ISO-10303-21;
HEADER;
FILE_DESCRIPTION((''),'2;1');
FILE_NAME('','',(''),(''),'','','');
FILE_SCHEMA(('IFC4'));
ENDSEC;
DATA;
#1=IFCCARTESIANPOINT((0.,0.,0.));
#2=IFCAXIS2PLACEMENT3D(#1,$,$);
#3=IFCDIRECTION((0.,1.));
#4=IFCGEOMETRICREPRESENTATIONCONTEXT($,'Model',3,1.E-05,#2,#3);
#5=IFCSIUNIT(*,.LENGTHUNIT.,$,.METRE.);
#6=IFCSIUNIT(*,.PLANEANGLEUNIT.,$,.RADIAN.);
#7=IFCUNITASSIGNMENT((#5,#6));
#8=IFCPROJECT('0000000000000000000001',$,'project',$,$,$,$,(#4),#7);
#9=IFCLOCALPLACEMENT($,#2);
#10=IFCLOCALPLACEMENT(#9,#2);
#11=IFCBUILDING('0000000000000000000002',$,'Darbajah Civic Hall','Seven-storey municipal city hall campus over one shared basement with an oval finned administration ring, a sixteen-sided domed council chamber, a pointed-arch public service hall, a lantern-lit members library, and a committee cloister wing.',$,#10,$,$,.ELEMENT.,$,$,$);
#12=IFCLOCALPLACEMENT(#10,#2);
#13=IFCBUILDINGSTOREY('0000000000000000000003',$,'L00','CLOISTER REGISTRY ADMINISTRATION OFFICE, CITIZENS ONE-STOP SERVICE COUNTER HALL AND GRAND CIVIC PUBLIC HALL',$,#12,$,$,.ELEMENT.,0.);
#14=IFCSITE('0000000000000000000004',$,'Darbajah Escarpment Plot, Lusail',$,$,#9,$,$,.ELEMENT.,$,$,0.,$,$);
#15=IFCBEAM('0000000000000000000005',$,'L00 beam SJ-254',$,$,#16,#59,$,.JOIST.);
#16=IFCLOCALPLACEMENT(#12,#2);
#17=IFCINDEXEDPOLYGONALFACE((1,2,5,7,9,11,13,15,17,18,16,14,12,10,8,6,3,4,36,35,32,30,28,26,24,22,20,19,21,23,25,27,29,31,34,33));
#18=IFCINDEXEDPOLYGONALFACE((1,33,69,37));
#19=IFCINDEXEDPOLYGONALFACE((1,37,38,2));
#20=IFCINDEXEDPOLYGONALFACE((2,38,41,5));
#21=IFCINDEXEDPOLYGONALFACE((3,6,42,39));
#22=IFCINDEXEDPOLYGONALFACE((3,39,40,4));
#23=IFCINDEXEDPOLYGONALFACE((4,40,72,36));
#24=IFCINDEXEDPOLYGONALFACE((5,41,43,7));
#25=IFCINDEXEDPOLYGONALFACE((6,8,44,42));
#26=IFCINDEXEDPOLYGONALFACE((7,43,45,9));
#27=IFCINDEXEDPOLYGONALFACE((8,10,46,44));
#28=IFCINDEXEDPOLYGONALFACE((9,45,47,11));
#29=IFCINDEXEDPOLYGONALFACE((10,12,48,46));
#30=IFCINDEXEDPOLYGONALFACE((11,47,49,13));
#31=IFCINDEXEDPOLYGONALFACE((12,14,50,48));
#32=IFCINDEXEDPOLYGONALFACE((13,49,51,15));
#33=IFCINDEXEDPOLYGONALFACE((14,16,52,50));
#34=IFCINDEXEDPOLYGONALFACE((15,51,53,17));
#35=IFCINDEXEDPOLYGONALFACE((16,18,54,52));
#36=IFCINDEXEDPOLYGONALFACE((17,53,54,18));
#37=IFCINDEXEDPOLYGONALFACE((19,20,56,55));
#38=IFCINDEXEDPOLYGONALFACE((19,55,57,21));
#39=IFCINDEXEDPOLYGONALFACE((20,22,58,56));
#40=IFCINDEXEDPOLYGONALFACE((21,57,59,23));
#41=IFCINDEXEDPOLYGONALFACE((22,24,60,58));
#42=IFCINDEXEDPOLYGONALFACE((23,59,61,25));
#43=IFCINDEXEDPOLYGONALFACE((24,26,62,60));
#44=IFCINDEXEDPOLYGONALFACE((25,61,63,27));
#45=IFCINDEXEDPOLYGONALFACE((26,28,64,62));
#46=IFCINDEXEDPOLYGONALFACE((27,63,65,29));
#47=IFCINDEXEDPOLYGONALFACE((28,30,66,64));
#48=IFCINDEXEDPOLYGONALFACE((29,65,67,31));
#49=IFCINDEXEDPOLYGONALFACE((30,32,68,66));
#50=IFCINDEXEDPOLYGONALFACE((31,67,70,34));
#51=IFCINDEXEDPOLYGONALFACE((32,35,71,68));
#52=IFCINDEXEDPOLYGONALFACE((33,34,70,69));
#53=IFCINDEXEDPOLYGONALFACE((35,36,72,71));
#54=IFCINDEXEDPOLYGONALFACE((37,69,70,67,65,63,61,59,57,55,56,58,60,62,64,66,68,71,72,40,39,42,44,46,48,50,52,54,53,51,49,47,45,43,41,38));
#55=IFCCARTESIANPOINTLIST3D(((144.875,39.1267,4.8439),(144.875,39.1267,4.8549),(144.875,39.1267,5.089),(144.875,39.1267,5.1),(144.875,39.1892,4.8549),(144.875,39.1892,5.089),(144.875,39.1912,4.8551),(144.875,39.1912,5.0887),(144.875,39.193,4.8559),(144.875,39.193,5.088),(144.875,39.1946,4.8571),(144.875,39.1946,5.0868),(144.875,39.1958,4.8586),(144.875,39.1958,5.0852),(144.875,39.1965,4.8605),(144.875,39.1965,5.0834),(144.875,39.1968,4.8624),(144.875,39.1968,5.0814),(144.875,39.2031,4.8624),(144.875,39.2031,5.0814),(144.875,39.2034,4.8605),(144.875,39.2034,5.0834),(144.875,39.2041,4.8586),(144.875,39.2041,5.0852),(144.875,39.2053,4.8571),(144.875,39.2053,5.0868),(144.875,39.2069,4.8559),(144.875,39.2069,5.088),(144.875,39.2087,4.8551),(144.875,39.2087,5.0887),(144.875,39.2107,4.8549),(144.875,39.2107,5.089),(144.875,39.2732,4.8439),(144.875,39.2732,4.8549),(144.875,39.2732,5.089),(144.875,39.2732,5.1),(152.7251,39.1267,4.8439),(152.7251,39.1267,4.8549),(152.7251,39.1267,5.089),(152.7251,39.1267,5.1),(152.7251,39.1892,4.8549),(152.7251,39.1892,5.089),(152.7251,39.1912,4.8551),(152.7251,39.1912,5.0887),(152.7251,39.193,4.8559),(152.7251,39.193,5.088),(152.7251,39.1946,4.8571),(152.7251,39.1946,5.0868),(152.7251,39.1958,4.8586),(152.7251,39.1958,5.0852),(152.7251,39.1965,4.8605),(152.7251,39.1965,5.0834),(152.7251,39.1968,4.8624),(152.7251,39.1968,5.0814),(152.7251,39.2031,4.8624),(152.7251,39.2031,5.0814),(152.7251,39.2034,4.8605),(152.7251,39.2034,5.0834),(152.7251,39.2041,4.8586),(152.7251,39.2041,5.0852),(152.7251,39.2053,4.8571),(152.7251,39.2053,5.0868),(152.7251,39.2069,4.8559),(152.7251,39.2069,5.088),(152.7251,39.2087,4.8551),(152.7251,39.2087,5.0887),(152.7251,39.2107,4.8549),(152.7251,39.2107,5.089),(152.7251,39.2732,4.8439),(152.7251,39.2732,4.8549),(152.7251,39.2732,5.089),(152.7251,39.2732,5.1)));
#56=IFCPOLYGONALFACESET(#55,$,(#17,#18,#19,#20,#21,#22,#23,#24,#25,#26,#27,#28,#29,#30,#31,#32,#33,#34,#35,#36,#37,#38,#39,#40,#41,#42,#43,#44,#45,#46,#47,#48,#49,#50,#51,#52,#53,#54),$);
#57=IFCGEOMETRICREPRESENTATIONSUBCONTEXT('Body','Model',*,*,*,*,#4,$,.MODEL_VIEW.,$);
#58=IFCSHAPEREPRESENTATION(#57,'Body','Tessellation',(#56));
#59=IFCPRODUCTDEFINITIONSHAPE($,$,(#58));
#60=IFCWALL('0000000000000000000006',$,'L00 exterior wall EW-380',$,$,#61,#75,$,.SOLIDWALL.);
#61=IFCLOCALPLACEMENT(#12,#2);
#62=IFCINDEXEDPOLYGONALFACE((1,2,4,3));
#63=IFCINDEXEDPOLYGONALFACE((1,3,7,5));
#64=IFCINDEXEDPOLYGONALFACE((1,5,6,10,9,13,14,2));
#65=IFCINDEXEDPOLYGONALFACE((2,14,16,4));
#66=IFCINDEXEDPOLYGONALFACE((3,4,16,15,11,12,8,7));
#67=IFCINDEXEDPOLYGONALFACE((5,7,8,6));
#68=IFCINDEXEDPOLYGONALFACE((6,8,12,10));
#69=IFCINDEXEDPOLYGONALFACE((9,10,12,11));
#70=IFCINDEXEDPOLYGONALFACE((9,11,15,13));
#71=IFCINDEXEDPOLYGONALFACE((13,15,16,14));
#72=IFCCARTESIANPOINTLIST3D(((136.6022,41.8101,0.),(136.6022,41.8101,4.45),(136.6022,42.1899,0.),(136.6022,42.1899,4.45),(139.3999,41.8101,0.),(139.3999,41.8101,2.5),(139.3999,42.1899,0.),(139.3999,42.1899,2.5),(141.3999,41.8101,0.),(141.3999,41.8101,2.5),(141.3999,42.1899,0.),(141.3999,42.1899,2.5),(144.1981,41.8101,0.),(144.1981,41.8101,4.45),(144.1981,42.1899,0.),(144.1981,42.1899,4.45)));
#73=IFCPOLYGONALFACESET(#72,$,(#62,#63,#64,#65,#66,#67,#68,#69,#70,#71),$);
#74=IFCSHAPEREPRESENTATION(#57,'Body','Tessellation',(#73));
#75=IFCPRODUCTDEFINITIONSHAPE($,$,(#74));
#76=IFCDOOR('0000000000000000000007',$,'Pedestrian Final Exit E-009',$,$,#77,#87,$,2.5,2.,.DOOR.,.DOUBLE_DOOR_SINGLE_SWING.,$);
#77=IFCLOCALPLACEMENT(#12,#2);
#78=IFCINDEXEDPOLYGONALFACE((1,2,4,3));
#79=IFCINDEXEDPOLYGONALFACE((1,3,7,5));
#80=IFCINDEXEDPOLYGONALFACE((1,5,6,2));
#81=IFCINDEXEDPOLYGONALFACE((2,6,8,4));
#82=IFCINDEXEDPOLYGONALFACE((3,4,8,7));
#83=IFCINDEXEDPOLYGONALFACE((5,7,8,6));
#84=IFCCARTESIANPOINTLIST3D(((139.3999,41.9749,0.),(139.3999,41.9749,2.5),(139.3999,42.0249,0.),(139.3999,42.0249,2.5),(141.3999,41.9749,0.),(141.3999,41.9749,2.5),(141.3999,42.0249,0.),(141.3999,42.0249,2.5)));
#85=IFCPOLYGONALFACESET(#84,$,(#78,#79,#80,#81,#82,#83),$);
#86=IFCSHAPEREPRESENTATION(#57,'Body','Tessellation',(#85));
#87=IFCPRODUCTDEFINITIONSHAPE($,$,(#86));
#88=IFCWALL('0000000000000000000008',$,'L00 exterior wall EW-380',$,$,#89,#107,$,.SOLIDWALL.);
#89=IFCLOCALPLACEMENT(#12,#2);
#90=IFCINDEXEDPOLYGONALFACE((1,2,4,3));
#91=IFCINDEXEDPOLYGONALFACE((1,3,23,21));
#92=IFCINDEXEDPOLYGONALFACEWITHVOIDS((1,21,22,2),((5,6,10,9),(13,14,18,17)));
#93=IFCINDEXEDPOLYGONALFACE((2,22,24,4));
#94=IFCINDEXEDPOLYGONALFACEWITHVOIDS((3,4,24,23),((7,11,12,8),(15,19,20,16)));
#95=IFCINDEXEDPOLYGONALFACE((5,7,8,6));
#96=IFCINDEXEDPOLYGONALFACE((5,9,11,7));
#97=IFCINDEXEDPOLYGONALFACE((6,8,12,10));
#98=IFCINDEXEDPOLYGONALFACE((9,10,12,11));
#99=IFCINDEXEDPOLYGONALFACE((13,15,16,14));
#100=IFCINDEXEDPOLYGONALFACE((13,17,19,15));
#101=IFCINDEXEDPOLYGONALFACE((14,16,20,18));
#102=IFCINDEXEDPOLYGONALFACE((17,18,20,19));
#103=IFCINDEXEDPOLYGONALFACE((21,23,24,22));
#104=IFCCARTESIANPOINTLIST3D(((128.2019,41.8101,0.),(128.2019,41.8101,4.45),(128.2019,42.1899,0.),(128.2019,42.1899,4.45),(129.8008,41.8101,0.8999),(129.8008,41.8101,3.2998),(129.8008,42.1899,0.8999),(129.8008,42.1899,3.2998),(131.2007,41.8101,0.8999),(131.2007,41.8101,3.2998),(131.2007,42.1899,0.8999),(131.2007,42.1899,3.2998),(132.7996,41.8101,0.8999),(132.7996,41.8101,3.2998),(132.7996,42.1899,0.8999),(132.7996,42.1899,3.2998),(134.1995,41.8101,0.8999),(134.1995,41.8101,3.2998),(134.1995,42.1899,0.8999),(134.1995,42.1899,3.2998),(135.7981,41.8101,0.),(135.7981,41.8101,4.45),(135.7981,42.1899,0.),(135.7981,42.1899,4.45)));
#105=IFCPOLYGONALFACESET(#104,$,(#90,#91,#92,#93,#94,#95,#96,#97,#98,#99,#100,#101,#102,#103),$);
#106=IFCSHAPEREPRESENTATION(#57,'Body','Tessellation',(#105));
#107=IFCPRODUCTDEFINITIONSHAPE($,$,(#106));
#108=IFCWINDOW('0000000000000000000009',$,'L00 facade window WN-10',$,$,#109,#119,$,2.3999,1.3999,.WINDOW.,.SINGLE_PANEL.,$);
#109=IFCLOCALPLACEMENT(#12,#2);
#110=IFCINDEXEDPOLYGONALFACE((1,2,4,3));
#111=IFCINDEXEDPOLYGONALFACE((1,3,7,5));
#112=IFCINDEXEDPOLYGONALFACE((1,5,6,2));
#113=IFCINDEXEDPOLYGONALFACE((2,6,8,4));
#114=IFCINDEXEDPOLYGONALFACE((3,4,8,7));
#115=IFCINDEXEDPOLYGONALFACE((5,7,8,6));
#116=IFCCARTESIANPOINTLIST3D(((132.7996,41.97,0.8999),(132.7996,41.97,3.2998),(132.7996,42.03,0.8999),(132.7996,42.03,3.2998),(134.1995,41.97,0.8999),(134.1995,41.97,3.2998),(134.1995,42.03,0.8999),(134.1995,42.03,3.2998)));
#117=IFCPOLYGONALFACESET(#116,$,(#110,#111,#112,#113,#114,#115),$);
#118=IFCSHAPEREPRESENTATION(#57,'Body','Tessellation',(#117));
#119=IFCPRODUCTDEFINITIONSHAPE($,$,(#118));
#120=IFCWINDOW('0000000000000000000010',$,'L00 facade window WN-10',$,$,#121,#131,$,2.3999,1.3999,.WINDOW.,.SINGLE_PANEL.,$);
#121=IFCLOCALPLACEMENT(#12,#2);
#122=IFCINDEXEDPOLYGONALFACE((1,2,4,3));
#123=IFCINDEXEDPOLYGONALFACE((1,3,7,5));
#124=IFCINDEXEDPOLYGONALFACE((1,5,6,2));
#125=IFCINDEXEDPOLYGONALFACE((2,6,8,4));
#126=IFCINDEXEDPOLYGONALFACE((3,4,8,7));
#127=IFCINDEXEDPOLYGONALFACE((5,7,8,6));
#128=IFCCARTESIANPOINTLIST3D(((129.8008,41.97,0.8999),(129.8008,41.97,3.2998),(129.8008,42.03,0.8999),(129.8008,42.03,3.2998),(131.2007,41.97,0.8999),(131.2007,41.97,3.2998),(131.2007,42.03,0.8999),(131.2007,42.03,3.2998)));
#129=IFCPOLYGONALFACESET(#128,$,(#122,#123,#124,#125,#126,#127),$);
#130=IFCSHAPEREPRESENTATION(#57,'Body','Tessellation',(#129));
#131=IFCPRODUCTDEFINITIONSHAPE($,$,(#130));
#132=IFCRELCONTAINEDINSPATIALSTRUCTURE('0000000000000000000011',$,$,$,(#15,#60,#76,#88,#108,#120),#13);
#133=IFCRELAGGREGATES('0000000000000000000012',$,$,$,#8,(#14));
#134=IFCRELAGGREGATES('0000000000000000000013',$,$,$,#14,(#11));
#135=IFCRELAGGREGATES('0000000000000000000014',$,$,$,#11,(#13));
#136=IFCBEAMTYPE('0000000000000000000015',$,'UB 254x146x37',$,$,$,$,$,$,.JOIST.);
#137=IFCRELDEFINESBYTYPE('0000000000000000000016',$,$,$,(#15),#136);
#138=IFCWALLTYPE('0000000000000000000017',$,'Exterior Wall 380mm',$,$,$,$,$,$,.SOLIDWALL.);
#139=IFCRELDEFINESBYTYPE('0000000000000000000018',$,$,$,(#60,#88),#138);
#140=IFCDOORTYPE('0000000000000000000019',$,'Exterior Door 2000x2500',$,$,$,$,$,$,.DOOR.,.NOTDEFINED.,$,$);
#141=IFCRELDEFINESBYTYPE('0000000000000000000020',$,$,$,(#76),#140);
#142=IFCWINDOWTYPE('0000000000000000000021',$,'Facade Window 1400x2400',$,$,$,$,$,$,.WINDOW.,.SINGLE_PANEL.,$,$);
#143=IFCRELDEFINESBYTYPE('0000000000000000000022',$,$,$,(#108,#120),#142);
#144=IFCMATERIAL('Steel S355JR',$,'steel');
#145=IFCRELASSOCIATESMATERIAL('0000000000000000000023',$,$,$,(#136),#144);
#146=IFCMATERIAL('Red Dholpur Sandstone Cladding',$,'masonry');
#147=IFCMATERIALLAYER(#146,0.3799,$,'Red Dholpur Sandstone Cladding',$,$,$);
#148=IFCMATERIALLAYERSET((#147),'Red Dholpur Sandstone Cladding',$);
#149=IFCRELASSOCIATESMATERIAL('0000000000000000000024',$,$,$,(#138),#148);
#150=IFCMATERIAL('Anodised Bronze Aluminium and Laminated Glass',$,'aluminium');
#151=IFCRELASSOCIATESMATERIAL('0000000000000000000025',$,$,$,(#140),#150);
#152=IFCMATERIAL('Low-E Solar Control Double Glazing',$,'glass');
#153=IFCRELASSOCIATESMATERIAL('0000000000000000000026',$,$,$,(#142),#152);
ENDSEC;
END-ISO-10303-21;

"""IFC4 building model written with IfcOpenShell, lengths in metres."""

from ifc_helpers import new_model, si_unit, direction, frame, frame_2d, origin, origin_2d, place, context, subcontext, project, spatial, rectangle, i_section, extrude, material, layer, layer_set, material_profile, profile_set, type_object, element, fill, save


model = new_model("IFC4")

# Units and contexts
model_context = context("Model", 3, precision=1e-05, world=origin(), true_north=direction((0.0, 1.0)))
body_context = subcontext(model_context, "Body", "Model", "MODEL_VIEW")
ifc_project = project(units=[si_unit("LENGTHUNIT", "METRE"), si_unit("PLANEANGLEUNIT", "RADIAN")], contexts=[model_context])

# Site, building, storey
site_placement = place(None, origin())
site = spatial("IfcSite", under=ifc_project, at=site_placement, Name="Darbajah Escarpment Plot, Lusail", CompositionType="ELEMENT", RefElevation=0.0)
building_placement = place(site_placement, origin())
building = spatial("IfcBuilding", under=site, at=building_placement, Name="Darbajah Civic Hall", Description="Seven-storey municipal city hall campus over one shared basement with an oval finned administration ring, a sixteen-sided domed council chamber, a pointed-arch public service hall, a lantern-lit members library, and a committee cloister wing.", CompositionType="ELEMENT")
storey_placement = place(building_placement, origin())
storey = spatial("IfcBuildingStorey", under=building, at=storey_placement, Name="L00", Description="CLOISTER REGISTRY ADMINISTRATION OFFICE, CITIZENS ONE-STOP SERVICE COUNTER HALL AND GRAND CIVIC PUBLIC HALL", CompositionType="ELEMENT", Elevation=0.0)

# Beam
ifc_material_1 = material(Name="Steel S355JR", Category="steel")
ifc_material_profile_1 = material_profile(ifc_material_1, i_section(OverallWidth=0.1465, OverallDepth=0.2561, WebThickness=0.0063, FlangeThickness=0.011, FilletRadius=0.0076, at=origin_2d()), Name="UB 254x146x37")
ifc_profile_set_1 = profile_set([ifc_material_profile_1], Name="Steel S355JR")
beam_type_1 = type_object("IfcBeamType", Name="UB 254x146x37", PredefinedType="JOIST", material=ifc_profile_set_1)
for number, where, z_axis, x_axis, name in (
    (1, (144.875, 39.2, 4.9719), (1.0, 0.0, 0.0), (0.0, 1.0, 0.0), "L00 beam SJ-254"),
):
    element("IfcBeam", number, at=place(storey_placement, frame(where, z_axis=z_axis, x_axis=x_axis)), inside=storey, type_object=beam_type_1, Name=name, PredefinedType="JOIST", context=body_context, shape_type="SweptSolid", body=[
        extrude(i_section(OverallWidth=0.1465, OverallDepth=0.2561, WebThickness=0.0063, FlangeThickness=0.011, FilletRadius=0.0076, at=origin_2d()), origin(), (0.0, 0.0, 1.0), 7.8501),
    ])

# Wall, opening, door
ifc_material_2 = material(Name="Red Dholpur Sandstone Cladding", Category="masonry")
ifc_layer = layer(ifc_material_2, 0.3799, Name="Red Dholpur Sandstone Cladding")
ifc_layer_set = layer_set([ifc_layer], Name="Red Dholpur Sandstone Cladding")
wall_type = type_object("IfcWallType", Name="Exterior Wall 380mm", PredefinedType="SOLIDWALL", material=ifc_layer_set)
wall_1_placement = place(storey_placement, frame((144.198, 42.0, 0.0), z_axis=(0.0, 0.0, 1.0), x_axis=(-1.0, 0.0, 0.0)))
wall_1 = element("IfcWall", 2, at=wall_1_placement, inside=storey, type_object=wall_type, Name="L00 exterior wall EW-380", PredefinedType="SOLIDWALL", context=body_context, shape_type="SweptSolid", body=[
    extrude(rectangle(XDim=7.5959, YDim=0.3799, at=frame_2d((3.7979, 0.0))), origin(), (0.0, 0.0, 1.0), 4.45),
])
opening_1_placement = place(wall_1_placement, frame((2.7981, 0.0, 0.0)))
opening_1 = element("IfcOpeningElement", 3, at=opening_1_placement, cuts=wall_1, PredefinedType="OPENING", context=body_context, shape_type="SweptSolid", body=[
    extrude(rectangle(XDim=2.0, YDim=2.5, at=frame_2d((1.0, 1.25))), frame((0.0, 0.2, 0.0), z_axis=(0.0, -1.0, 0.0), x_axis=(1.0, 0.0, 0.0)), (0.0, 0.0, 1.0), 0.3999),
])
ifc_material_3 = material(Name="Anodised Bronze Aluminium and Laminated Glass", Category="aluminium")
door_type = type_object("IfcDoorType", Name="Exterior Door 2000x2500", OperationType="NOTDEFINED", PredefinedType="DOOR", material=ifc_material_3)
door_placement = place(opening_1_placement, frame((2.0, 0.0, 0.0), z_axis=(0.0, 0.0, 1.0), x_axis=(-1.0, 0.0, 0.0)))
door = element("IfcDoor", 4, at=door_placement, inside=storey, type_object=door_type, Name="Pedestrian Final Exit E-009", OperationType="DOUBLE_DOOR_SINGLE_SWING", OverallHeight=2.5, OverallWidth=2.0, PredefinedType="DOOR", context=body_context, shape_type="SweptSolid", body=[
    extrude(rectangle(XDim=2.0, YDim=2.5, at=frame_2d((1.0, 1.25))), frame((0.0, 0.0249, 0.0), z_axis=(0.0, -1.0, 0.0), x_axis=(1.0, 0.0, 0.0)), (0.0, 0.0, 1.0), 0.05),
])
fill(opening_1, door)

# Wall, openings, windows
wall_2_placement = place(storey_placement, frame((135.7981, 42.0, 0.0), z_axis=(0.0, 0.0, 1.0), x_axis=(-1.0, 0.0, 0.0)))
wall_2 = element("IfcWall", 5, at=wall_2_placement, inside=storey, type_object=wall_type, Name="L00 exterior wall EW-380", PredefinedType="SOLIDWALL", context=body_context, shape_type="SweptSolid", body=[
    extrude(rectangle(XDim=7.5962, YDim=0.3799, at=frame_2d((3.7981, 0.0))), origin(), (0.0, 0.0, 1.0), 4.45),
])
opening_2_placement = place(wall_2_placement, frame((1.5986, 0.0, 0.8999)))
opening_2 = element("IfcOpeningElement", 6, at=opening_2_placement, cuts=wall_2, PredefinedType="OPENING", context=body_context, shape_type="SweptSolid", body=[
    extrude(rectangle(XDim=1.3999, YDim=2.3999, at=frame_2d((0.7, 1.2))), frame((0.0, 0.2, 0.0), z_axis=(0.0, -1.0, 0.0), x_axis=(1.0, 0.0, 0.0)), (0.0, 0.0, 1.0), 0.3999),
])
opening_3_placement = place(wall_2_placement, frame((4.5974, 0.0, 0.8999)))
opening_3 = element("IfcOpeningElement", 7, at=opening_3_placement, cuts=wall_2, PredefinedType="OPENING", context=body_context, shape_type="SweptSolid", body=[
    extrude(rectangle(XDim=1.3999, YDim=2.3999, at=frame_2d((0.7, 1.2))), frame((0.0, 0.2, 0.0), z_axis=(0.0, -1.0, 0.0), x_axis=(1.0, 0.0, 0.0)), (0.0, 0.0, 1.0), 0.3999),
])
ifc_material_4 = material(Name="Low-E Solar Control Double Glazing", Category="glass")
window_type = type_object("IfcWindowType", Name="Facade Window 1400x2400", PartitioningType="SINGLE_PANEL", PredefinedType="WINDOW", material=ifc_material_4)
window_1_placement = place(opening_2_placement, origin())
window_1 = element("IfcWindow", 8, at=window_1_placement, inside=storey, type_object=window_type, Name="L00 facade window WN-10", OverallHeight=2.3999, OverallWidth=1.3999, PartitioningType="SINGLE_PANEL", PredefinedType="WINDOW", context=body_context, shape_type="SweptSolid", body=[
    extrude(rectangle(XDim=1.3999, YDim=2.3999, at=frame_2d((0.7, 1.2))), frame((0.0, 0.03, 0.0), z_axis=(0.0, -1.0, 0.0), x_axis=(1.0, 0.0, 0.0)), (0.0, 0.0, 1.0), 0.0601),
])
fill(opening_2, window_1)
window_2_placement = place(opening_3_placement, origin())
window_2 = element("IfcWindow", 9, at=window_2_placement, inside=storey, type_object=window_type, Name="L00 facade window WN-10", OverallHeight=2.3999, OverallWidth=1.3999, PartitioningType="SINGLE_PANEL", PredefinedType="WINDOW", context=body_context, shape_type="SweptSolid", body=[
    extrude(rectangle(XDim=1.3999, YDim=2.3999, at=frame_2d((0.7, 1.2))), frame((0.0, 0.03, 0.0), z_axis=(0.0, -1.0, 0.0), x_axis=(1.0, 0.0, 0.0)), (0.0, 0.0, 1.0), 0.0601),
])
fill(opening_3, window_2)

save(model, "model.ifc")
